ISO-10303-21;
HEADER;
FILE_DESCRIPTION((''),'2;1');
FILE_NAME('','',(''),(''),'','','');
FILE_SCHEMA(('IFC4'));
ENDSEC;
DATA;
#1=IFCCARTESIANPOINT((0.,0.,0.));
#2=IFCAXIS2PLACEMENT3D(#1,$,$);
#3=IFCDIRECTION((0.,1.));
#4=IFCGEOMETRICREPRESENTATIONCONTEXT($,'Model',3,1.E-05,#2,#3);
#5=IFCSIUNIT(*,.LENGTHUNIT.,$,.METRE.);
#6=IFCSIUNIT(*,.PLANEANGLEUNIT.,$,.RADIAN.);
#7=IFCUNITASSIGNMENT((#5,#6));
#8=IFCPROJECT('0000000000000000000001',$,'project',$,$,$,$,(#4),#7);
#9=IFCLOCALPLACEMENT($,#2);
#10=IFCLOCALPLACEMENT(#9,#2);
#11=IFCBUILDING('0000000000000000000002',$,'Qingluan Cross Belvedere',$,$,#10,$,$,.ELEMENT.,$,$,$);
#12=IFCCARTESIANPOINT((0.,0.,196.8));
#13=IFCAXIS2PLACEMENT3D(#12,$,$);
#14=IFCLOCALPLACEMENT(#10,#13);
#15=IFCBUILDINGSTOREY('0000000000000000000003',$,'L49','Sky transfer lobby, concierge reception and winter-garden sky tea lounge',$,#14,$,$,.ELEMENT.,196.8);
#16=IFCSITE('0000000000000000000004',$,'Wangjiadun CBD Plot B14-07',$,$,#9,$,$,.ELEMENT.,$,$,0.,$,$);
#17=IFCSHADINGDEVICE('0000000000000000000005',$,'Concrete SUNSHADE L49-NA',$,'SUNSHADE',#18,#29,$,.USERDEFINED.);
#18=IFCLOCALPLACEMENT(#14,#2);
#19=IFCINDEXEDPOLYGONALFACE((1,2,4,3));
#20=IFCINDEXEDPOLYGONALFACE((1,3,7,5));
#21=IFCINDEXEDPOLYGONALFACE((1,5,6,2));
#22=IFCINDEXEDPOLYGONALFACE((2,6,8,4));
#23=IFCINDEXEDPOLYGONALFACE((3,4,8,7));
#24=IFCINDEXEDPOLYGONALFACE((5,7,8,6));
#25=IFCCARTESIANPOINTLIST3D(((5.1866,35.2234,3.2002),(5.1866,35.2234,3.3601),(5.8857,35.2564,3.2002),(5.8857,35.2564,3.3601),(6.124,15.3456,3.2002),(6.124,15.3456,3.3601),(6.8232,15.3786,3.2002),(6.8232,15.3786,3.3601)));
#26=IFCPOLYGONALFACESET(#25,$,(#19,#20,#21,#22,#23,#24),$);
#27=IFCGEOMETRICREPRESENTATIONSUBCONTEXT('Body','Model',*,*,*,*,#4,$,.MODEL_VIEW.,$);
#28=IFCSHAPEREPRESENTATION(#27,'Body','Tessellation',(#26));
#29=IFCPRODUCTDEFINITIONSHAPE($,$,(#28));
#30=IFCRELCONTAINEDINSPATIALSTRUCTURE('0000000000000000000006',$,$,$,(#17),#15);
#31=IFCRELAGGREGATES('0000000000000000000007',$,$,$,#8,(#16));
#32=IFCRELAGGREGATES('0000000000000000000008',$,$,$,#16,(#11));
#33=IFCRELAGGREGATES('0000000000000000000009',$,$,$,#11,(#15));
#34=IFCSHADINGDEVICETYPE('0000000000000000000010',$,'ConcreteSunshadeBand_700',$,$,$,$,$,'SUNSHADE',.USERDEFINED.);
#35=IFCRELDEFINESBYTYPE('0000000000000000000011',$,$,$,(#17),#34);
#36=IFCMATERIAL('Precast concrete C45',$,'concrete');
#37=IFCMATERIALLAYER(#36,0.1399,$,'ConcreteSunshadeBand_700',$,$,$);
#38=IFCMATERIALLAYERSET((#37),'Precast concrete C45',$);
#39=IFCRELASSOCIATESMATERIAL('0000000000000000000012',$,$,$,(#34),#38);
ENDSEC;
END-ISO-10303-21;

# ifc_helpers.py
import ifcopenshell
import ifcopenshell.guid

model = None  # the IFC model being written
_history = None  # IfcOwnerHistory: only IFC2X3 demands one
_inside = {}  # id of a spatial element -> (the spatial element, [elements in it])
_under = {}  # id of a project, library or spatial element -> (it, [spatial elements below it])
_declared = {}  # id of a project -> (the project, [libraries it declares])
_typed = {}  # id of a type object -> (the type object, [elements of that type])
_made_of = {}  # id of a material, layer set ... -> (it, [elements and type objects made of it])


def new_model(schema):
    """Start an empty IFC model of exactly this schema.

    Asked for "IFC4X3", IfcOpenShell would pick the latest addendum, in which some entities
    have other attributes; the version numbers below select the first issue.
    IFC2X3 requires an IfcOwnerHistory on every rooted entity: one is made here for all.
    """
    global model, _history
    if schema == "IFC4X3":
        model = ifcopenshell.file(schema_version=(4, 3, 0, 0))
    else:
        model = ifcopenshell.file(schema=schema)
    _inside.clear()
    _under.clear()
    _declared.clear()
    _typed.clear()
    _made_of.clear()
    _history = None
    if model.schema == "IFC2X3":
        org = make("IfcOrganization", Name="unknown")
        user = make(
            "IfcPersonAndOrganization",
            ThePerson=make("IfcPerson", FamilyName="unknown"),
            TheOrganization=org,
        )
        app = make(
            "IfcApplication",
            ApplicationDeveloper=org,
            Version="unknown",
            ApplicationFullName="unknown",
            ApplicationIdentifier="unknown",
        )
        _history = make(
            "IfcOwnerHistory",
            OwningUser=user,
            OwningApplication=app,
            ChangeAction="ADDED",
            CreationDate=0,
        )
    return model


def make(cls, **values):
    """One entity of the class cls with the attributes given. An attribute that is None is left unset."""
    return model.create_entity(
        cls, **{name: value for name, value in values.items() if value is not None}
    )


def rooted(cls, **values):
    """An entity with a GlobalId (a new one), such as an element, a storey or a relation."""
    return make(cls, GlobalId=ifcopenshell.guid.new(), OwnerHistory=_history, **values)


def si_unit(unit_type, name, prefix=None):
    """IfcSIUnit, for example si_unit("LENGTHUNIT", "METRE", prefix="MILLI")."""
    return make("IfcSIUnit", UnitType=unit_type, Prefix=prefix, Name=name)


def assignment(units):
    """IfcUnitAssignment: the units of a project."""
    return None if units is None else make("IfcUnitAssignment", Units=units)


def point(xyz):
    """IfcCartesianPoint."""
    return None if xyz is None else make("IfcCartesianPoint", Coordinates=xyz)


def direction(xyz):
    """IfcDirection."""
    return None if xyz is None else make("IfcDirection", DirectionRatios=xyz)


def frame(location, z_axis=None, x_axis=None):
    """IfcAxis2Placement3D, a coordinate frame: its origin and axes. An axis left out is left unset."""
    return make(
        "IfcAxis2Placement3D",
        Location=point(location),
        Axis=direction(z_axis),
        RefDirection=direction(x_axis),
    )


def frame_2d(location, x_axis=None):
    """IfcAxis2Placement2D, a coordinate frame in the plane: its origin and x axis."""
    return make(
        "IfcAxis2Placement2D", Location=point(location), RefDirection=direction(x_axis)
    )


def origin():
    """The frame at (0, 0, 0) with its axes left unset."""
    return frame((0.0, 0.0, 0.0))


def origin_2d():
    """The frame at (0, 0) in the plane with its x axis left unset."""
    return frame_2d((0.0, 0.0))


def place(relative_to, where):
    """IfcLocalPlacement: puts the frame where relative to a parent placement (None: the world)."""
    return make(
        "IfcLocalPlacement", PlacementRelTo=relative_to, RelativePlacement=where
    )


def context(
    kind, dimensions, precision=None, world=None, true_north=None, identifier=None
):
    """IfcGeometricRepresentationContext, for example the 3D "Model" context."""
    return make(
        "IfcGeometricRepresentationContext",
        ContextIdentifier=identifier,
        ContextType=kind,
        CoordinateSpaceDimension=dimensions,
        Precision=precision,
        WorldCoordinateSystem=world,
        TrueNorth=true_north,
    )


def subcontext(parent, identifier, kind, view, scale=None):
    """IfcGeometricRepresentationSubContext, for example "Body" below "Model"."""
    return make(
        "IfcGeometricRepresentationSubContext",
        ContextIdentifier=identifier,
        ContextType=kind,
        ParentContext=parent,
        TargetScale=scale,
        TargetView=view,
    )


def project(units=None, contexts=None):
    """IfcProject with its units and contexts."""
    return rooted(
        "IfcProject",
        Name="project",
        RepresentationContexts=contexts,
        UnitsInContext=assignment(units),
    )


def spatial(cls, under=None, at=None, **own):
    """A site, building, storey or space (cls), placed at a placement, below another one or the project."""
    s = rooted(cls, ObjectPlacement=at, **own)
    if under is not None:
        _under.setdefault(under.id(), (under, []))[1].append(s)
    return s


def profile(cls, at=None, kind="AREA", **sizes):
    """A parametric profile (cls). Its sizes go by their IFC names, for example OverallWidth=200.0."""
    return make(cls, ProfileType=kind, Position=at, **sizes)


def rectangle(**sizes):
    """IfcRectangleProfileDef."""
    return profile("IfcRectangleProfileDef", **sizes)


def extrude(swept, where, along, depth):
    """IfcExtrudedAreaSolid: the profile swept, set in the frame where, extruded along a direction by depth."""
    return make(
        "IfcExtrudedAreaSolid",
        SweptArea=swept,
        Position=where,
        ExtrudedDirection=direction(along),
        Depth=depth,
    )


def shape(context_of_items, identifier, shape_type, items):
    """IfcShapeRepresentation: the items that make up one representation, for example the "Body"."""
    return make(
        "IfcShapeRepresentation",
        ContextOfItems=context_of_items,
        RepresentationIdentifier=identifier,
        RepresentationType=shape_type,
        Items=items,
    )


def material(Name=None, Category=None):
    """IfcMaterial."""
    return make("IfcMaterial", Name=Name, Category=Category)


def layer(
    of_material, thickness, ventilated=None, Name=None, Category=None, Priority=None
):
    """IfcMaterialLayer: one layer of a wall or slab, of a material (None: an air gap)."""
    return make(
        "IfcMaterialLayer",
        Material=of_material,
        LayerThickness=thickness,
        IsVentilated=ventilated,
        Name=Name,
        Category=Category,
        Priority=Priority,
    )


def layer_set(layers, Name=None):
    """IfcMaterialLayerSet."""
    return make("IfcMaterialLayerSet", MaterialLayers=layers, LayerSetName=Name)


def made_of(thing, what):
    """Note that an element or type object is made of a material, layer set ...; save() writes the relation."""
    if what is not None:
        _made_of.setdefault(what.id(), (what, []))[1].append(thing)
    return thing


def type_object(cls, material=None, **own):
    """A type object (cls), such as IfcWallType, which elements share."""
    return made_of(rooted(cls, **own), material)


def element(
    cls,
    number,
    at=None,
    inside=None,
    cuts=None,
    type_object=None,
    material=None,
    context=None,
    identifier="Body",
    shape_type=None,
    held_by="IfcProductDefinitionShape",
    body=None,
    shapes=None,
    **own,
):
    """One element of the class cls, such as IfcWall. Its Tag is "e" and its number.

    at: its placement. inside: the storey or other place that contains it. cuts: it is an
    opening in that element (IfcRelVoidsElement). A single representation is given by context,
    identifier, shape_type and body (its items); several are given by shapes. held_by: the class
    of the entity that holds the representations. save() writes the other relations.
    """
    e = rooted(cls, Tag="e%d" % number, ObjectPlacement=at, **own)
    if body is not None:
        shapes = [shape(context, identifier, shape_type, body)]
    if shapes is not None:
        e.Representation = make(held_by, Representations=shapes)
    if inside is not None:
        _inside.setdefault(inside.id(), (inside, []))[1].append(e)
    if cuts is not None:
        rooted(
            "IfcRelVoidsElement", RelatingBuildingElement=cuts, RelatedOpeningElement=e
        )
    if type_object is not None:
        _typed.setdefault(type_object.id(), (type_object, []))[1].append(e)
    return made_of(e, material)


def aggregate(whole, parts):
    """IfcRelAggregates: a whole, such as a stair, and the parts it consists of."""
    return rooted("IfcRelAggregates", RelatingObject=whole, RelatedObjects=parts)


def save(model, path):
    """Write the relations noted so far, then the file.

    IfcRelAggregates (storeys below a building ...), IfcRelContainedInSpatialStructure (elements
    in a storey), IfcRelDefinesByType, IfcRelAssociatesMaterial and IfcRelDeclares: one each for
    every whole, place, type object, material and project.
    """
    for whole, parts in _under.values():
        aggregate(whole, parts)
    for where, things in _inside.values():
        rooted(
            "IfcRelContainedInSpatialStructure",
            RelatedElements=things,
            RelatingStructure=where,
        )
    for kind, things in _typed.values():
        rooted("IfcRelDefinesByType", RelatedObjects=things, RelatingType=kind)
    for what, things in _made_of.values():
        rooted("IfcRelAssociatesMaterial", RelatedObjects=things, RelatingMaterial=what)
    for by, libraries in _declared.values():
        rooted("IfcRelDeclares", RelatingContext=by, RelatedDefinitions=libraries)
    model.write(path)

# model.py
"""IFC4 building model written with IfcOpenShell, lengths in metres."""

from ifc_helpers import new_model, si_unit, direction, frame, origin, origin_2d, place, context, subcontext, project, spatial, rectangle, extrude, material, layer, layer_set, type_object, element, save


model = new_model("IFC4")

# Units and contexts
model_context = context("Model", 3, precision=1e-05, world=origin(), true_north=direction((0.0, 1.0)))
body_context = subcontext(model_context, "Body", "Model", "MODEL_VIEW")
ifc_project = project(units=[si_unit("LENGTHUNIT", "METRE"), si_unit("PLANEANGLEUNIT", "RADIAN")], contexts=[model_context])

# Site, building, storey
site_placement = place(None, origin())
site = spatial("IfcSite", under=ifc_project, at=site_placement, Name="Wangjiadun CBD Plot B14-07", CompositionType="ELEMENT", RefElevation=0.0)
building_placement = place(site_placement, origin())
building = spatial("IfcBuilding", under=site, at=building_placement, Name="Qingluan Cross Belvedere", CompositionType="ELEMENT")
storey_placement = place(building_placement, frame((0.0, 0.0, 196.8)))
storey = spatial("IfcBuildingStorey", under=building, at=storey_placement, Name="L49", Description="Sky transfer lobby, concierge reception and winter-garden sky tea lounge", CompositionType="ELEMENT", Elevation=196.8)

# Shading device
ifc_material_1 = material(Name="Precast concrete C45", Category="concrete")
ifc_layer_1 = layer(ifc_material_1, 0.1399, Name="ConcreteSunshadeBand_700")
ifc_layer_set_1 = layer_set([ifc_layer_1], Name="Precast concrete C45")
shading_device_type = type_object("IfcShadingDeviceType", Name="ConcreteSunshadeBand_700", ElementType="SUNSHADE", PredefinedType="USERDEFINED", material=ifc_layer_set_1)
shading_device_placement = place(storey_placement, frame((6.0049, 25.301, 3.2002), z_axis=(0.0, 0.0, 1.0), x_axis=(-0.047109, 0.99889, 0.0)))
element("IfcShadingDevice", 1, at=shading_device_placement, inside=storey, type_object=shading_device_type, Name="Concrete SUNSHADE L49-NA", ObjectType="SUNSHADE", PredefinedType="USERDEFINED", context=body_context, shape_type="SweptSolid", body=[
    extrude(rectangle(XDim=19.8999, YDim=0.7, at=origin_2d()), origin(), (0.0, 0.0, 1.0), 0.1599),
])

save(model, "model.ifc")
